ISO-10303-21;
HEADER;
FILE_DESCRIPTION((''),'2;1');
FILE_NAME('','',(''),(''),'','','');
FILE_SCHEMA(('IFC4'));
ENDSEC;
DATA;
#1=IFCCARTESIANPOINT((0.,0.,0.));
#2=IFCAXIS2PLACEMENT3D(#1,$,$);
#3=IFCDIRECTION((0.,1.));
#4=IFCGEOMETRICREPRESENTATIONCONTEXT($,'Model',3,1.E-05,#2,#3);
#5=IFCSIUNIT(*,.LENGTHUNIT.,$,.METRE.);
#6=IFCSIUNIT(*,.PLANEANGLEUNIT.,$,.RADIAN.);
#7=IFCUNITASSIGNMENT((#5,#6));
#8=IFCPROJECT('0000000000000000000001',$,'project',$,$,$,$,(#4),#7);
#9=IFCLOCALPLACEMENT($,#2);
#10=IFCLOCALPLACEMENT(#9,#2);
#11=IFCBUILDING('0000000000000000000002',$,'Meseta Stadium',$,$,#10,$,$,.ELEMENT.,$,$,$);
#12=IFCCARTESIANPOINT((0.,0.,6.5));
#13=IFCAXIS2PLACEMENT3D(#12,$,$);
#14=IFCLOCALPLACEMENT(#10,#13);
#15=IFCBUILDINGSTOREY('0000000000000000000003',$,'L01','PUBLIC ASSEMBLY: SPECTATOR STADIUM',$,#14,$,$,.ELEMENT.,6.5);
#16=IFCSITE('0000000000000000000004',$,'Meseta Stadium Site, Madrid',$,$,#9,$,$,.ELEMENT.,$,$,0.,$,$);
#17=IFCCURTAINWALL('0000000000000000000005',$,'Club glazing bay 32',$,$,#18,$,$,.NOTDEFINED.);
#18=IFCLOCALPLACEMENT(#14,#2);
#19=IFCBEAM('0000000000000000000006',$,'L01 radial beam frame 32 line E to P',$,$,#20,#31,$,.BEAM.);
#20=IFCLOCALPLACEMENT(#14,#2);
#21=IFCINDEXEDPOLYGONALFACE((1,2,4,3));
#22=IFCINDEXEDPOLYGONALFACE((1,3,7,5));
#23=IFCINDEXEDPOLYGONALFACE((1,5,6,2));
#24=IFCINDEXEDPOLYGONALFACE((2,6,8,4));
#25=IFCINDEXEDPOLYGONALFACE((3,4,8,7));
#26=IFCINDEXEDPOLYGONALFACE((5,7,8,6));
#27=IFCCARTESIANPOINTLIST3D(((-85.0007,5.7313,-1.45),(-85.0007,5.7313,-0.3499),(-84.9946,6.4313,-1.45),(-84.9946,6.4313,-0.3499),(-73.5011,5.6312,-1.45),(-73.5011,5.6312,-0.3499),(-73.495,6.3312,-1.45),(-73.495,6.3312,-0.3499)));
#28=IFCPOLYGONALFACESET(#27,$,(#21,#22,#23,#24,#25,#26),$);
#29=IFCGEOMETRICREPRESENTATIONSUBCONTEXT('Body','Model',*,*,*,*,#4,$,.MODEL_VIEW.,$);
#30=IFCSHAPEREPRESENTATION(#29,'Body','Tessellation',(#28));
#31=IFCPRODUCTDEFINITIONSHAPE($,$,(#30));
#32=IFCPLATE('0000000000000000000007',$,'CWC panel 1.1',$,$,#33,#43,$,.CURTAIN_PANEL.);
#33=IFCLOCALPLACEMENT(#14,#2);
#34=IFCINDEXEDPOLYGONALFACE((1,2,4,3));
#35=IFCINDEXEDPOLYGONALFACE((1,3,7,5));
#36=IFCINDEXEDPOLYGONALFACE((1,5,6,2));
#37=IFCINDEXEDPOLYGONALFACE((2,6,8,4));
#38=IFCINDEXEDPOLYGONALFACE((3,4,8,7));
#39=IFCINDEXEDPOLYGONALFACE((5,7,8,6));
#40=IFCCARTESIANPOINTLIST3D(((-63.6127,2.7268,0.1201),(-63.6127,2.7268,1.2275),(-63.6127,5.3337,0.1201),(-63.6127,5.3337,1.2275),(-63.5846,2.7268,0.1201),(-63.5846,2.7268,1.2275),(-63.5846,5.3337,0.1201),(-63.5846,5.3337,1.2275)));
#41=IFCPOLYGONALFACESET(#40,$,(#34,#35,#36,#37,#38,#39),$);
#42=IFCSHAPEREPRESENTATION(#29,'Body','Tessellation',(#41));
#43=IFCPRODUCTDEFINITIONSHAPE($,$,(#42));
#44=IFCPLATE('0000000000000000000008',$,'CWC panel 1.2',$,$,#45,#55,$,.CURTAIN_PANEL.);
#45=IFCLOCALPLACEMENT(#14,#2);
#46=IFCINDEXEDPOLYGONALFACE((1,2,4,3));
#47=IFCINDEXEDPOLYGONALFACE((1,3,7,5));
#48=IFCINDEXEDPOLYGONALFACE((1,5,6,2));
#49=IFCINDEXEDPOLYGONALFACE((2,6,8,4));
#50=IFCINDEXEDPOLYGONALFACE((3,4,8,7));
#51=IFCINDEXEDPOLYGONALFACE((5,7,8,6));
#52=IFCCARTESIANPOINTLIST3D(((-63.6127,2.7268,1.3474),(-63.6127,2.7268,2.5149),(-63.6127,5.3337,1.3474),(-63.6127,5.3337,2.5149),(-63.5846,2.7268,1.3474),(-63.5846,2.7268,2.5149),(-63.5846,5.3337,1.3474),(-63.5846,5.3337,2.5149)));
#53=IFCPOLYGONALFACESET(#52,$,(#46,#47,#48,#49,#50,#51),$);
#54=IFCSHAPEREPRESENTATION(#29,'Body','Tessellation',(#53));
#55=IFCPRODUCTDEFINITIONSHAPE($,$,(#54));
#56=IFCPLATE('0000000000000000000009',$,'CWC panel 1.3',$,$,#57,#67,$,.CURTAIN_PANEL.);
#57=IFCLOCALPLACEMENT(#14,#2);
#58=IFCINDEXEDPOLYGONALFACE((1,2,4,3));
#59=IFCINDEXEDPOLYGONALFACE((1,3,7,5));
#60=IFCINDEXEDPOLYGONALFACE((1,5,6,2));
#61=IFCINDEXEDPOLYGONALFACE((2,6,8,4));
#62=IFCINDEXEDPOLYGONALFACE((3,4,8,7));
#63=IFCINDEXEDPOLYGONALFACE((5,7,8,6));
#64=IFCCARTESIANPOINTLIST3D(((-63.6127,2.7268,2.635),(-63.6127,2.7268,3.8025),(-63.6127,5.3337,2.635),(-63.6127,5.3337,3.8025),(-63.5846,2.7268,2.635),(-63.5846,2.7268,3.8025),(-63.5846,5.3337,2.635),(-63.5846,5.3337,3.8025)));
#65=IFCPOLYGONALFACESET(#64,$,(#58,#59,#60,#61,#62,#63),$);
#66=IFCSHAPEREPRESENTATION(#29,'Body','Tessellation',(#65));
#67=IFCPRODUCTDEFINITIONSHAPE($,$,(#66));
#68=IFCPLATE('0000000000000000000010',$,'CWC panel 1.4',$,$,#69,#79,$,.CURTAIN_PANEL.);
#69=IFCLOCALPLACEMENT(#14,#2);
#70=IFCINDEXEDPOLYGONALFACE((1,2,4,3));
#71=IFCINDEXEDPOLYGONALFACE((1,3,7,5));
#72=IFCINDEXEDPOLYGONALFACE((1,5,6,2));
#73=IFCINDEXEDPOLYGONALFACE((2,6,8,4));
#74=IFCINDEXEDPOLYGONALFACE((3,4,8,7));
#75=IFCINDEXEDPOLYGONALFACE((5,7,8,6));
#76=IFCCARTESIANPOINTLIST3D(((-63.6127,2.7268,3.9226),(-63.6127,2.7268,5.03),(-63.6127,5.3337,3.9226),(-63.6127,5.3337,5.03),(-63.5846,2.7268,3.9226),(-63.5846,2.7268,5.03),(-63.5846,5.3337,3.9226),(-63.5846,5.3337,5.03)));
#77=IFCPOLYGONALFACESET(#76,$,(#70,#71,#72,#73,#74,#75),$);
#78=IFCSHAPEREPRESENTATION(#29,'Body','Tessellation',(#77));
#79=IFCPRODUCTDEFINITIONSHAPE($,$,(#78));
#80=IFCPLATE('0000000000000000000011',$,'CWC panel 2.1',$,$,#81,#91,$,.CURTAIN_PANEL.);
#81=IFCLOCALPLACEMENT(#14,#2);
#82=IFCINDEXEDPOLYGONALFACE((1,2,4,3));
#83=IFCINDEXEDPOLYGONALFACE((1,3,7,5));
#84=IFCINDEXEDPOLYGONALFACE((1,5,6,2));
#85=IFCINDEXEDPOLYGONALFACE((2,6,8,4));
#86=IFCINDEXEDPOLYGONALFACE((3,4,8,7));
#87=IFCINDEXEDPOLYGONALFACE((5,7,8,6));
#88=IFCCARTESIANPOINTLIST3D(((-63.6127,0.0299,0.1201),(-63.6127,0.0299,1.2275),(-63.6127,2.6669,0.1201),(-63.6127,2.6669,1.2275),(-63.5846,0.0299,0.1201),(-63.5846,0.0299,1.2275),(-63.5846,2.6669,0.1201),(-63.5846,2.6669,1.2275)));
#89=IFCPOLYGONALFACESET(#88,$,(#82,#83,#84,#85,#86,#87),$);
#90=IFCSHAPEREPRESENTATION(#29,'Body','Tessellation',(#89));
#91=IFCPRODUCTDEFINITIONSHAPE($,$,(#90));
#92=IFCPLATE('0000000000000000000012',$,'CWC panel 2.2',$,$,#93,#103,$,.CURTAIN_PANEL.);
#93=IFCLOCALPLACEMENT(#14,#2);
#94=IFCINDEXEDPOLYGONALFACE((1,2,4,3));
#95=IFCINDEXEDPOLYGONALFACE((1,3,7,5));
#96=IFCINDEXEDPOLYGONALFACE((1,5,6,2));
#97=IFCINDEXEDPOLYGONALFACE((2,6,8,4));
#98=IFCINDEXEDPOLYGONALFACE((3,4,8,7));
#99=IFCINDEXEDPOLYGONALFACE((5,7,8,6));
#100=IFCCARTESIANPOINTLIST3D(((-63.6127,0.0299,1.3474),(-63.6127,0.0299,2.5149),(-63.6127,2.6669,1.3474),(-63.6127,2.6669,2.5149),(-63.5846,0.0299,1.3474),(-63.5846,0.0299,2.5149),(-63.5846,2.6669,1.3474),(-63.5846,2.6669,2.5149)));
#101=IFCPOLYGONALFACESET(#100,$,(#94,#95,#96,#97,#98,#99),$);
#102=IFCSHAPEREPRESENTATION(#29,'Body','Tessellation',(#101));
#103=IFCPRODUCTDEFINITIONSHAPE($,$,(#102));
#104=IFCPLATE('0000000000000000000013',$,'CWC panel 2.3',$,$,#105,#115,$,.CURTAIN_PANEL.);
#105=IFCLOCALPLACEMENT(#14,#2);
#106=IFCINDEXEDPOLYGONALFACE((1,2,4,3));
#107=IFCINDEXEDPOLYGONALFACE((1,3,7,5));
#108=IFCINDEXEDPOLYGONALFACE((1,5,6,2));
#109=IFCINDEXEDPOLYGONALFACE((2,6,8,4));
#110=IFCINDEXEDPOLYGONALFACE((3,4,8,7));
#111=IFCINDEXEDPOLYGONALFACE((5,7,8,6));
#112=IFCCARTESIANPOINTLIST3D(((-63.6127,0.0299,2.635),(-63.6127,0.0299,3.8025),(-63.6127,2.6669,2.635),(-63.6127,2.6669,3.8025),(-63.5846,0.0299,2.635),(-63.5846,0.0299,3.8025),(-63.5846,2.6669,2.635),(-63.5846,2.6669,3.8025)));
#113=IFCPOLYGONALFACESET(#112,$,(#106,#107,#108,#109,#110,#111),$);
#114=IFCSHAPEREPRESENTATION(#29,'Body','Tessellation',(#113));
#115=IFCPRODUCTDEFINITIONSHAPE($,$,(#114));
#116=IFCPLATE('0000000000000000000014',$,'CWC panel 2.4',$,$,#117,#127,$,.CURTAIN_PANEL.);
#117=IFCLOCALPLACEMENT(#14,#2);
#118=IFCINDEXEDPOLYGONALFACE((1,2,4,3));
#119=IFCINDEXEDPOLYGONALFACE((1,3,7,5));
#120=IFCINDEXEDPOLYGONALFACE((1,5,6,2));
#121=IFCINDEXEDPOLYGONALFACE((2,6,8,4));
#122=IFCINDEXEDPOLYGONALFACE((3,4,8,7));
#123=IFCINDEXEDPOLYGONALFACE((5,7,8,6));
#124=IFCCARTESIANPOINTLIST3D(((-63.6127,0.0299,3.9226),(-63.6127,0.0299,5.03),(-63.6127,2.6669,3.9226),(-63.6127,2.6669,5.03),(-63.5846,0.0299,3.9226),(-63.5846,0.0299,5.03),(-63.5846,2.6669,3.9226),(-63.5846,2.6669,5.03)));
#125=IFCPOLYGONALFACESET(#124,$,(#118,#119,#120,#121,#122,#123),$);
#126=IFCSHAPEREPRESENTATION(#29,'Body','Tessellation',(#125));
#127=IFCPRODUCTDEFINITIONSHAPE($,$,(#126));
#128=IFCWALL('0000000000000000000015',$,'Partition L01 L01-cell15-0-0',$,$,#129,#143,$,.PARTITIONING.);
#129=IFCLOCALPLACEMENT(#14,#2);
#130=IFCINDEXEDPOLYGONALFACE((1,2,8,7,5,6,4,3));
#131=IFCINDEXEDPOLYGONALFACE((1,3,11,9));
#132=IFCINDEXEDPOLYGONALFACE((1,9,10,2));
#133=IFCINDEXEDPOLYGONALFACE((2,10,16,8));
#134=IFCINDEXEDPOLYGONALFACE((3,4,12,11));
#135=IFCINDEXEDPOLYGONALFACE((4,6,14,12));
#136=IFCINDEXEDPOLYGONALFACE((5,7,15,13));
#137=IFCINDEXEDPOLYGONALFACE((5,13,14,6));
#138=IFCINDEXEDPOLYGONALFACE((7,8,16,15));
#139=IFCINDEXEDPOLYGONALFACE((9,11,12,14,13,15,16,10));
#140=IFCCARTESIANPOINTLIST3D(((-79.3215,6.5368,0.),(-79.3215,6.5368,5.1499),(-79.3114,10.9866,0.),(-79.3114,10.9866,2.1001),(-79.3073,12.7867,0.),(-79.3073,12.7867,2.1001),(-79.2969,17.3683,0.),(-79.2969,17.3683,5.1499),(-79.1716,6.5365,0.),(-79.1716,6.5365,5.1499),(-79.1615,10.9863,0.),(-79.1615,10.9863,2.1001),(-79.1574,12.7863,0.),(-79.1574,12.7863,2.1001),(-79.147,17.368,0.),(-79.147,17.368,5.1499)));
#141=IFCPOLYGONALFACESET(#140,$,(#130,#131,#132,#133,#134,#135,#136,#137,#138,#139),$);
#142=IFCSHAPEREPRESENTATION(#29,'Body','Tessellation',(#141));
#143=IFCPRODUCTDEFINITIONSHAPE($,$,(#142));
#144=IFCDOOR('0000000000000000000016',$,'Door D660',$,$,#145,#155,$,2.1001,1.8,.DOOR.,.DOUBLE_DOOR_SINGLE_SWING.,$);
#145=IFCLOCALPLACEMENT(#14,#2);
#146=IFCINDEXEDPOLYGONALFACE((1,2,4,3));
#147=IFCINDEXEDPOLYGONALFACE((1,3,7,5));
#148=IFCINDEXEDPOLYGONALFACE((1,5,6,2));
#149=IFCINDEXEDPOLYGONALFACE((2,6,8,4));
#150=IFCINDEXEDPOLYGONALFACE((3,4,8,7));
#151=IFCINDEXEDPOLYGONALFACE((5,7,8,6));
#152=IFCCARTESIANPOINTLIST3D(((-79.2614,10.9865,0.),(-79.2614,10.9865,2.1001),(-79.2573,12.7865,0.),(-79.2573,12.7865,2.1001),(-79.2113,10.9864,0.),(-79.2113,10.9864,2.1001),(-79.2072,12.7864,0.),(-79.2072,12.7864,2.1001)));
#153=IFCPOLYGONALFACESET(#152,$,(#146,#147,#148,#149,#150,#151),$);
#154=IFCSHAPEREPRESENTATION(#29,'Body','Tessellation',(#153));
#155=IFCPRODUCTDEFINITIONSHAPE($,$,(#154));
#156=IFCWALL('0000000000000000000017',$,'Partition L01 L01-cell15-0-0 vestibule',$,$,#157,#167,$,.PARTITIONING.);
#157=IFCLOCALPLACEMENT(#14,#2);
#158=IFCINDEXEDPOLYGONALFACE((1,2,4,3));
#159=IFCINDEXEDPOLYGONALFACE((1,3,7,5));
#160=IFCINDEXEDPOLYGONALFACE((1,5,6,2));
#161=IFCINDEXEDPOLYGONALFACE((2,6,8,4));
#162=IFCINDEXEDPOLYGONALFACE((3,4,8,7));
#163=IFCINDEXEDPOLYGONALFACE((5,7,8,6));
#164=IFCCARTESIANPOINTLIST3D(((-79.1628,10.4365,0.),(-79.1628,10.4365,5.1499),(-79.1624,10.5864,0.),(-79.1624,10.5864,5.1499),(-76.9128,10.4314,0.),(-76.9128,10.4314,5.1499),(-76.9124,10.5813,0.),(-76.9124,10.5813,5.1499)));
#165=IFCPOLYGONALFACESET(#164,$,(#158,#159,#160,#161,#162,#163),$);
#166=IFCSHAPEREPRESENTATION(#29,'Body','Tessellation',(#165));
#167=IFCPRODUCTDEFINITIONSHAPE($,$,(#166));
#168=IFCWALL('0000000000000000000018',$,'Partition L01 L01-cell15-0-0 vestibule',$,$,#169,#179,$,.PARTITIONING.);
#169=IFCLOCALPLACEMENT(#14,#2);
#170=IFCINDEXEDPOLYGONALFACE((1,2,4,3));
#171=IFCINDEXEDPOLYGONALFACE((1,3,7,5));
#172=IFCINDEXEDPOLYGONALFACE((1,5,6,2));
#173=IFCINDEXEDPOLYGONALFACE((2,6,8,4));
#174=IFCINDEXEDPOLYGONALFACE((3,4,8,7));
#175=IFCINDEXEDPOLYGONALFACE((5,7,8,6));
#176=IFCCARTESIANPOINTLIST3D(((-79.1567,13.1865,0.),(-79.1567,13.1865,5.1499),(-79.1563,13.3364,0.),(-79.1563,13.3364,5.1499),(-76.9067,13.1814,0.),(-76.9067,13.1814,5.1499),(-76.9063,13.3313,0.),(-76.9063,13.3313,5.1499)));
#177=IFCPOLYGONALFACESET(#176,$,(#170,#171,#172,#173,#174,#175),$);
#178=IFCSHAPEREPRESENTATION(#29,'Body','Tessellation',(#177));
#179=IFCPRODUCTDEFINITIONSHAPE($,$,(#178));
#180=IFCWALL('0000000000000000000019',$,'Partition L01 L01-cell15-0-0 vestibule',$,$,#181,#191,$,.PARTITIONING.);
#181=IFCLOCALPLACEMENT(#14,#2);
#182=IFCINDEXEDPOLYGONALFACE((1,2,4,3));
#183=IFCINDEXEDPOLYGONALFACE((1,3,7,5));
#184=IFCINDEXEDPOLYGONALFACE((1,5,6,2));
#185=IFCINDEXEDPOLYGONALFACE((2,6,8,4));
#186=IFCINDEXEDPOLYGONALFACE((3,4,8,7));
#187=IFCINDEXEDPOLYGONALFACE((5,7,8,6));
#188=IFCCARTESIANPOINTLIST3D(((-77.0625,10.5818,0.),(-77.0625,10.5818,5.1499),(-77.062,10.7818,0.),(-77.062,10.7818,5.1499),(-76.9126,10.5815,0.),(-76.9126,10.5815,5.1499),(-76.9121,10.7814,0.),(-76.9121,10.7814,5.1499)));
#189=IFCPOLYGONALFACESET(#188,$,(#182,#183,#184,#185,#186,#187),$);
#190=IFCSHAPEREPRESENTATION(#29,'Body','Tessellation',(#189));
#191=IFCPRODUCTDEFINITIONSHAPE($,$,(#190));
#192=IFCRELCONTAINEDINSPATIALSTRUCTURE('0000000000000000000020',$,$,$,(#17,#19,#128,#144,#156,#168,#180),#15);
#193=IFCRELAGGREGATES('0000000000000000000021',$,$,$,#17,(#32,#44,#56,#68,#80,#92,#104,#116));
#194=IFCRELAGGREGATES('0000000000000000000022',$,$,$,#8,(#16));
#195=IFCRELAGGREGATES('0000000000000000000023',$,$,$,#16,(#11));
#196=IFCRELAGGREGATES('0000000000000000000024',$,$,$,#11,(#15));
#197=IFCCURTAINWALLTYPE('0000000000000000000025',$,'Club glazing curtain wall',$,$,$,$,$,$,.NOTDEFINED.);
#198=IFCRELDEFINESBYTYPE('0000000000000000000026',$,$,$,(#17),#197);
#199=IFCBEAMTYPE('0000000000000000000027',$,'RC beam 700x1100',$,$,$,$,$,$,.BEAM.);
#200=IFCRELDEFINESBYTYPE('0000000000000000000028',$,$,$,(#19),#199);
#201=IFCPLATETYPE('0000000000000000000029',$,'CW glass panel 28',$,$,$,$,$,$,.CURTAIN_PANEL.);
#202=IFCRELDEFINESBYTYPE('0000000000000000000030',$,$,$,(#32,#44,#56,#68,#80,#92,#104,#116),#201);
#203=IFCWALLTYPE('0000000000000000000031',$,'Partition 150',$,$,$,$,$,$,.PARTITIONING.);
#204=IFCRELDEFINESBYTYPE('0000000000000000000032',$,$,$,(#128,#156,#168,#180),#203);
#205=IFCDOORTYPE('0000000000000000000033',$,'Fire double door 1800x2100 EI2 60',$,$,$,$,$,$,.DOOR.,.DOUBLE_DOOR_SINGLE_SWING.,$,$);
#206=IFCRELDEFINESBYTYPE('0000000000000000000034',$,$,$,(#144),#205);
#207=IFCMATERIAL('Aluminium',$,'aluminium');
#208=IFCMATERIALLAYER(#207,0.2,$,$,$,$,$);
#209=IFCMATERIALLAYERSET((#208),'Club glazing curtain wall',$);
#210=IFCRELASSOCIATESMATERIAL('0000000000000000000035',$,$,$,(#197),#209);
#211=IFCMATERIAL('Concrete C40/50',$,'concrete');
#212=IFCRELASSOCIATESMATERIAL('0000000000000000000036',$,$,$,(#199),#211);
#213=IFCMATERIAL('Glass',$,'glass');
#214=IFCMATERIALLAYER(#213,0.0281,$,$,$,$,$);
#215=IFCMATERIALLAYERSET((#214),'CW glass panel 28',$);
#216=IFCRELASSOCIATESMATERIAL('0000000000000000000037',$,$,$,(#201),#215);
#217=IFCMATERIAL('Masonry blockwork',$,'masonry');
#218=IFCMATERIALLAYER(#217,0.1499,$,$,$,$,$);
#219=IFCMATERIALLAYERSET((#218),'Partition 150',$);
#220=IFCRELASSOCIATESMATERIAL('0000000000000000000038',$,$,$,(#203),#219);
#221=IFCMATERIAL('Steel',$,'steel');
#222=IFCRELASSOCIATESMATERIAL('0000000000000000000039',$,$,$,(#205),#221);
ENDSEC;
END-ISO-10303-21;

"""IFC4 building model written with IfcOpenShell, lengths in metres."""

from ifc_helpers import new_model, si_unit, direction, frame, frame_2d, origin, origin_2d, place, context, subcontext, project, spatial, rectangle, extrude, material, layer, layer_set, material_profile, profile_set, type_object, element, fill, aggregate, save


model = new_model("IFC4")

# Units and contexts
model_context = context("Model", 3, precision=1e-05, world=origin(), true_north=direction((0.0, 1.0)))
body_context = subcontext(model_context, "Body", "Model", "MODEL_VIEW")
ifc_project = project(units=[si_unit("LENGTHUNIT", "METRE"), si_unit("PLANEANGLEUNIT", "RADIAN")], contexts=[model_context])

# Site, building, storey
site_placement = place(None, origin())
site = spatial("IfcSite", under=ifc_project, at=site_placement, Name="Meseta Stadium Site, Madrid", CompositionType="ELEMENT", RefElevation=0.0)
building_placement = place(site_placement, origin())
building = spatial("IfcBuilding", under=site, at=building_placement, Name="Meseta Stadium", CompositionType="ELEMENT")
storey_placement = place(building_placement, frame((0.0, 0.0, 6.5)))
storey = spatial("IfcBuildingStorey", under=building, at=storey_placement, Name="L01", Description="PUBLIC ASSEMBLY: SPECTATOR STADIUM", CompositionType="ELEMENT", Elevation=6.5)

# Shared definitions
ifc_material_1 = material(Name="Aluminium", Category="aluminium")
ifc_layer_1 = layer(ifc_material_1, 0.2)
ifc_layer_set_1 = layer_set([ifc_layer_1], Name="Club glazing curtain wall")
curtain_wall_type = type_object("IfcCurtainWallType", Name="Club glazing curtain wall", PredefinedType="NOTDEFINED", material=ifc_layer_set_1)

# Curtain wall
curtain_wall_1_placement = place(storey_placement, origin())
curtain_wall_1 = element("IfcCurtainWall", 1, at=curtain_wall_1_placement, inside=storey, type_object=curtain_wall_type, Name="Club glazing bay 32", PredefinedType="NOTDEFINED")

# Beam
ifc_material_2 = material(Name="Concrete C40/50", Category="concrete")
ifc_material_profile_1 = material_profile(ifc_material_2, rectangle(XDim=0.7, YDim=1.1001, at=origin_2d()), Name="RC 700x1100")
ifc_profile_set_1 = profile_set([ifc_material_profile_1], Name="Concrete C40/50")
beam_type_1 = type_object("IfcBeamType", Name="RC beam 700x1100", PredefinedType="BEAM", material=ifc_profile_set_1)
beam_1_placement = place(storey_placement, frame((-73.498, 5.9812, -0.8999), z_axis=(-0.999962, 0.008704, 0.0), x_axis=(-0.008704, -0.999962, 0.0)))
element("IfcBeam", 2, at=beam_1_placement, inside=storey, type_object=beam_type_1, Name="L01 radial beam frame 32 line E to P", PredefinedType="BEAM", context=body_context, shape_type="SweptSolid", body=[
    extrude(rectangle(XDim=0.7, YDim=1.1001, at=origin_2d()), origin(), (0.0, 0.0, 1.0), 11.5),
])

# Plates
ifc_material_3 = material(Name="Glass", Category="glass")
ifc_layer_2 = layer(ifc_material_3, 0.0281)
ifc_layer_set_2 = layer_set([ifc_layer_2], Name="CW glass panel 28")
plate_type = type_object("IfcPlateType", Name="CW glass panel 28", PredefinedType="CURTAIN_PANEL", material=ifc_layer_set_2)
plate_1_placement = place(storey_placement, frame((-63.5986, 4.0303, 0.1201), z_axis=(0.0, 0.0, 1.0), x_axis=(0.0, -1.0, 0.0)))
plate_1 = element("IfcPlate", 3, at=plate_1_placement, type_object=plate_type, Name="CWC panel 1.1", PredefinedType="CURTAIN_PANEL", context=body_context, shape_type="SweptSolid", body=[
    extrude(rectangle(XDim=2.6069, YDim=0.0281, at=origin_2d()), origin(), (0.0, 0.0, 1.0), 1.1074),
])
plate_2_placement = place(storey_placement, frame((-63.5986, 4.0303, 1.3474), z_axis=(0.0, 0.0, 1.0), x_axis=(0.0, -1.0, 0.0)))
plate_2 = element("IfcPlate", 4, at=plate_2_placement, type_object=plate_type, Name="CWC panel 1.2", PredefinedType="CURTAIN_PANEL", context=body_context, shape_type="SweptSolid", body=[
    extrude(rectangle(XDim=2.6069, YDim=0.0281, at=origin_2d()), origin(), (0.0, 0.0, 1.0), 1.1675),
])
plate_3_placement = place(storey_placement, frame((-63.5986, 4.0303, 2.635), z_axis=(0.0, 0.0, 1.0), x_axis=(0.0, -1.0, 0.0)))
plate_3 = element("IfcPlate", 5, at=plate_3_placement, type_object=plate_type, Name="CWC panel 1.3", PredefinedType="CURTAIN_PANEL", context=body_context, shape_type="SweptSolid", body=[
    extrude(rectangle(XDim=2.6069, YDim=0.0281, at=origin_2d()), origin(), (0.0, 0.0, 1.0), 1.1675),
])
plate_4_placement = place(storey_placement, frame((-63.5986, 4.0303, 3.9226), z_axis=(0.0, 0.0, 1.0), x_axis=(0.0, -1.0, 0.0)))
plate_4 = element("IfcPlate", 6, at=plate_4_placement, type_object=plate_type, Name="CWC panel 1.4", PredefinedType="CURTAIN_PANEL", context=body_context, shape_type="SweptSolid", body=[
    extrude(rectangle(XDim=2.6069, YDim=0.0281, at=origin_2d()), origin(), (0.0, 0.0, 1.0), 1.1074),
])
plate_5_placement = place(storey_placement, frame((-63.5986, 1.3484, 0.1201), z_axis=(0.0, 0.0, 1.0), x_axis=(0.0, -1.0, 0.0)))
plate_5 = element("IfcPlate", 7, at=plate_5_placement, type_object=plate_type, Name="CWC panel 2.1", PredefinedType="CURTAIN_PANEL", context=body_context, shape_type="SweptSolid", body=[
    extrude(rectangle(XDim=2.637, YDim=0.0281, at=origin_2d()), origin(), (0.0, 0.0, 1.0), 1.1074),
])
plate_6_placement = place(storey_placement, frame((-63.5986, 1.3484, 1.3474), z_axis=(0.0, 0.0, 1.0), x_axis=(0.0, -1.0, 0.0)))
plate_6 = element("IfcPlate", 8, at=plate_6_placement, type_object=plate_type, Name="CWC panel 2.2", PredefinedType="CURTAIN_PANEL", context=body_context, shape_type="SweptSolid", body=[
    extrude(rectangle(XDim=2.637, YDim=0.0281, at=origin_2d()), origin(), (0.0, 0.0, 1.0), 1.1675),
])
plate_7_placement = place(storey_placement, frame((-63.5986, 1.3484, 2.635), z_axis=(0.0, 0.0, 1.0), x_axis=(0.0, -1.0, 0.0)))
plate_7 = element("IfcPlate", 9, at=plate_7_placement, type_object=plate_type, Name="CWC panel 2.3", PredefinedType="CURTAIN_PANEL", context=body_context, shape_type="SweptSolid", body=[
    extrude(rectangle(XDim=2.637, YDim=0.0281, at=origin_2d()), origin(), (0.0, 0.0, 1.0), 1.1675),
])
plate_8_placement = place(storey_placement, frame((-63.5986, 1.3484, 3.9226), z_axis=(0.0, 0.0, 1.0), x_axis=(0.0, -1.0, 0.0)))
plate_8 = element("IfcPlate", 10, at=plate_8_placement, type_object=plate_type, Name="CWC panel 2.4", PredefinedType="CURTAIN_PANEL", context=body_context, shape_type="SweptSolid", body=[
    extrude(rectangle(XDim=2.637, YDim=0.0281, at=origin_2d()), origin(), (0.0, 0.0, 1.0), 1.1074),
])
aggregate(curtain_wall_1, [plate_1, plate_2, plate_3, plate_4, plate_5, plate_6, plate_7, plate_8])

# Wall, opening, door
ifc_material_4 = material(Name="Masonry blockwork", Category="masonry")
ifc_layer_3 = layer(ifc_material_4, 0.1499)
ifc_layer_set_3 = layer_set([ifc_layer_3], Name="Partition 150")
wall_type = type_object("IfcWallType", Name="Partition 150", PredefinedType="PARTITIONING", material=ifc_layer_set_3)
wall_1_placement = place(storey_placement, frame((-79.2466, 6.5366, 0.0), z_axis=(0.0, 0.0, 1.0), x_axis=(0.002277, 0.999997, 0.0)))
wall_1 = element("IfcWall", 11, at=wall_1_placement, inside=storey, type_object=wall_type, Name="Partition L01 L01-cell15-0-0", PredefinedType="PARTITIONING", context=body_context, shape_type="SweptSolid", body=[
    extrude(rectangle(XDim=10.8315, YDim=0.1499, at=frame_2d((5.4158, 0.0))), origin(), (0.0, 0.0, 1.0), 5.1499),
])
opening_1_placement = place(wall_1_placement, frame((4.45, 0.0, 0.0)))
opening_1 = element("IfcOpeningElement", 12, at=opening_1_placement, cuts=wall_1, PredefinedType="OPENING", context=body_context, shape_type="SweptSolid", body=[
    extrude(rectangle(XDim=1.8, YDim=2.1001, at=frame_2d((0.8999, 1.05))), frame((0.0, 0.085, 0.0), z_axis=(0.0, -1.0, 0.0), x_axis=(1.0, 0.0, 0.0)), (0.0, 0.0, 1.0), 0.1699),
])
ifc_material_5 = material(Name="Steel", Category="steel")
door_type = type_object("IfcDoorType", Name="Fire double door 1800x2100 EI2 60", OperationType="DOUBLE_DOOR_SINGLE_SWING", PredefinedType="DOOR", material=ifc_material_5)
door_1_placement = place(opening_1_placement, origin())
door_1 = element("IfcDoor", 13, at=door_1_placement, inside=storey, type_object=door_type, Name="Door D660", OperationType="DOUBLE_DOOR_SINGLE_SWING", OverallHeight=2.1001, OverallWidth=1.8, PredefinedType="DOOR", context=body_context, shape_type="SweptSolid", body=[
    extrude(rectangle(XDim=1.8, YDim=2.1001, at=frame_2d((0.8999, 1.05))), frame((0.0, 0.0249, 0.0), z_axis=(0.0, -1.0, 0.0), x_axis=(1.0, 0.0, 0.0)), (0.0, 0.0, 1.0), 0.05),
])
fill(opening_1, door_1)

# Walls
for number, where, z_axis, x_axis, name in (
    (14, (-79.1626, 10.5115, 0.0), (0.0, 0.0, 1.0), (0.999997, -0.002279, 0.0), "Partition L01 L01-cell15-0-0 vestibule"),
    (15, (-79.1565, 13.2615, 0.0), (0.0, 0.0, 1.0), (0.999997, -0.002279, 0.0), "Partition L01 L01-cell15-0-0 vestibule"),
):
    element("IfcWall", number, at=place(storey_placement, frame(where, z_axis=z_axis, x_axis=x_axis)), inside=storey, type_object=wall_type, Name=name, PredefinedType="PARTITIONING", context=body_context, shape_type="SweptSolid", body=[
        extrude(rectangle(XDim=2.25, YDim=0.1499, at=frame_2d((1.125, 0.0))), origin(), (0.0, 0.0, 1.0), 5.1499),
    ])
wall_2_placement = place(storey_placement, frame((-76.9875, 10.5815, 0.0), z_axis=(0.0, 0.0, 1.0), x_axis=(0.002442, 0.999997, 0.0)))
element("IfcWall", 16, at=wall_2_placement, inside=storey, type_object=wall_type, Name="Partition L01 L01-cell15-0-0 vestibule", PredefinedType="PARTITIONING", context=body_context, shape_type="SweptSolid", body=[
    extrude(rectangle(XDim=0.2, YDim=0.1499, at=frame_2d((0.1001, 0.0))), origin(), (0.0, 0.0, 1.0), 5.1499),
])

save(model, "model.ifc")
